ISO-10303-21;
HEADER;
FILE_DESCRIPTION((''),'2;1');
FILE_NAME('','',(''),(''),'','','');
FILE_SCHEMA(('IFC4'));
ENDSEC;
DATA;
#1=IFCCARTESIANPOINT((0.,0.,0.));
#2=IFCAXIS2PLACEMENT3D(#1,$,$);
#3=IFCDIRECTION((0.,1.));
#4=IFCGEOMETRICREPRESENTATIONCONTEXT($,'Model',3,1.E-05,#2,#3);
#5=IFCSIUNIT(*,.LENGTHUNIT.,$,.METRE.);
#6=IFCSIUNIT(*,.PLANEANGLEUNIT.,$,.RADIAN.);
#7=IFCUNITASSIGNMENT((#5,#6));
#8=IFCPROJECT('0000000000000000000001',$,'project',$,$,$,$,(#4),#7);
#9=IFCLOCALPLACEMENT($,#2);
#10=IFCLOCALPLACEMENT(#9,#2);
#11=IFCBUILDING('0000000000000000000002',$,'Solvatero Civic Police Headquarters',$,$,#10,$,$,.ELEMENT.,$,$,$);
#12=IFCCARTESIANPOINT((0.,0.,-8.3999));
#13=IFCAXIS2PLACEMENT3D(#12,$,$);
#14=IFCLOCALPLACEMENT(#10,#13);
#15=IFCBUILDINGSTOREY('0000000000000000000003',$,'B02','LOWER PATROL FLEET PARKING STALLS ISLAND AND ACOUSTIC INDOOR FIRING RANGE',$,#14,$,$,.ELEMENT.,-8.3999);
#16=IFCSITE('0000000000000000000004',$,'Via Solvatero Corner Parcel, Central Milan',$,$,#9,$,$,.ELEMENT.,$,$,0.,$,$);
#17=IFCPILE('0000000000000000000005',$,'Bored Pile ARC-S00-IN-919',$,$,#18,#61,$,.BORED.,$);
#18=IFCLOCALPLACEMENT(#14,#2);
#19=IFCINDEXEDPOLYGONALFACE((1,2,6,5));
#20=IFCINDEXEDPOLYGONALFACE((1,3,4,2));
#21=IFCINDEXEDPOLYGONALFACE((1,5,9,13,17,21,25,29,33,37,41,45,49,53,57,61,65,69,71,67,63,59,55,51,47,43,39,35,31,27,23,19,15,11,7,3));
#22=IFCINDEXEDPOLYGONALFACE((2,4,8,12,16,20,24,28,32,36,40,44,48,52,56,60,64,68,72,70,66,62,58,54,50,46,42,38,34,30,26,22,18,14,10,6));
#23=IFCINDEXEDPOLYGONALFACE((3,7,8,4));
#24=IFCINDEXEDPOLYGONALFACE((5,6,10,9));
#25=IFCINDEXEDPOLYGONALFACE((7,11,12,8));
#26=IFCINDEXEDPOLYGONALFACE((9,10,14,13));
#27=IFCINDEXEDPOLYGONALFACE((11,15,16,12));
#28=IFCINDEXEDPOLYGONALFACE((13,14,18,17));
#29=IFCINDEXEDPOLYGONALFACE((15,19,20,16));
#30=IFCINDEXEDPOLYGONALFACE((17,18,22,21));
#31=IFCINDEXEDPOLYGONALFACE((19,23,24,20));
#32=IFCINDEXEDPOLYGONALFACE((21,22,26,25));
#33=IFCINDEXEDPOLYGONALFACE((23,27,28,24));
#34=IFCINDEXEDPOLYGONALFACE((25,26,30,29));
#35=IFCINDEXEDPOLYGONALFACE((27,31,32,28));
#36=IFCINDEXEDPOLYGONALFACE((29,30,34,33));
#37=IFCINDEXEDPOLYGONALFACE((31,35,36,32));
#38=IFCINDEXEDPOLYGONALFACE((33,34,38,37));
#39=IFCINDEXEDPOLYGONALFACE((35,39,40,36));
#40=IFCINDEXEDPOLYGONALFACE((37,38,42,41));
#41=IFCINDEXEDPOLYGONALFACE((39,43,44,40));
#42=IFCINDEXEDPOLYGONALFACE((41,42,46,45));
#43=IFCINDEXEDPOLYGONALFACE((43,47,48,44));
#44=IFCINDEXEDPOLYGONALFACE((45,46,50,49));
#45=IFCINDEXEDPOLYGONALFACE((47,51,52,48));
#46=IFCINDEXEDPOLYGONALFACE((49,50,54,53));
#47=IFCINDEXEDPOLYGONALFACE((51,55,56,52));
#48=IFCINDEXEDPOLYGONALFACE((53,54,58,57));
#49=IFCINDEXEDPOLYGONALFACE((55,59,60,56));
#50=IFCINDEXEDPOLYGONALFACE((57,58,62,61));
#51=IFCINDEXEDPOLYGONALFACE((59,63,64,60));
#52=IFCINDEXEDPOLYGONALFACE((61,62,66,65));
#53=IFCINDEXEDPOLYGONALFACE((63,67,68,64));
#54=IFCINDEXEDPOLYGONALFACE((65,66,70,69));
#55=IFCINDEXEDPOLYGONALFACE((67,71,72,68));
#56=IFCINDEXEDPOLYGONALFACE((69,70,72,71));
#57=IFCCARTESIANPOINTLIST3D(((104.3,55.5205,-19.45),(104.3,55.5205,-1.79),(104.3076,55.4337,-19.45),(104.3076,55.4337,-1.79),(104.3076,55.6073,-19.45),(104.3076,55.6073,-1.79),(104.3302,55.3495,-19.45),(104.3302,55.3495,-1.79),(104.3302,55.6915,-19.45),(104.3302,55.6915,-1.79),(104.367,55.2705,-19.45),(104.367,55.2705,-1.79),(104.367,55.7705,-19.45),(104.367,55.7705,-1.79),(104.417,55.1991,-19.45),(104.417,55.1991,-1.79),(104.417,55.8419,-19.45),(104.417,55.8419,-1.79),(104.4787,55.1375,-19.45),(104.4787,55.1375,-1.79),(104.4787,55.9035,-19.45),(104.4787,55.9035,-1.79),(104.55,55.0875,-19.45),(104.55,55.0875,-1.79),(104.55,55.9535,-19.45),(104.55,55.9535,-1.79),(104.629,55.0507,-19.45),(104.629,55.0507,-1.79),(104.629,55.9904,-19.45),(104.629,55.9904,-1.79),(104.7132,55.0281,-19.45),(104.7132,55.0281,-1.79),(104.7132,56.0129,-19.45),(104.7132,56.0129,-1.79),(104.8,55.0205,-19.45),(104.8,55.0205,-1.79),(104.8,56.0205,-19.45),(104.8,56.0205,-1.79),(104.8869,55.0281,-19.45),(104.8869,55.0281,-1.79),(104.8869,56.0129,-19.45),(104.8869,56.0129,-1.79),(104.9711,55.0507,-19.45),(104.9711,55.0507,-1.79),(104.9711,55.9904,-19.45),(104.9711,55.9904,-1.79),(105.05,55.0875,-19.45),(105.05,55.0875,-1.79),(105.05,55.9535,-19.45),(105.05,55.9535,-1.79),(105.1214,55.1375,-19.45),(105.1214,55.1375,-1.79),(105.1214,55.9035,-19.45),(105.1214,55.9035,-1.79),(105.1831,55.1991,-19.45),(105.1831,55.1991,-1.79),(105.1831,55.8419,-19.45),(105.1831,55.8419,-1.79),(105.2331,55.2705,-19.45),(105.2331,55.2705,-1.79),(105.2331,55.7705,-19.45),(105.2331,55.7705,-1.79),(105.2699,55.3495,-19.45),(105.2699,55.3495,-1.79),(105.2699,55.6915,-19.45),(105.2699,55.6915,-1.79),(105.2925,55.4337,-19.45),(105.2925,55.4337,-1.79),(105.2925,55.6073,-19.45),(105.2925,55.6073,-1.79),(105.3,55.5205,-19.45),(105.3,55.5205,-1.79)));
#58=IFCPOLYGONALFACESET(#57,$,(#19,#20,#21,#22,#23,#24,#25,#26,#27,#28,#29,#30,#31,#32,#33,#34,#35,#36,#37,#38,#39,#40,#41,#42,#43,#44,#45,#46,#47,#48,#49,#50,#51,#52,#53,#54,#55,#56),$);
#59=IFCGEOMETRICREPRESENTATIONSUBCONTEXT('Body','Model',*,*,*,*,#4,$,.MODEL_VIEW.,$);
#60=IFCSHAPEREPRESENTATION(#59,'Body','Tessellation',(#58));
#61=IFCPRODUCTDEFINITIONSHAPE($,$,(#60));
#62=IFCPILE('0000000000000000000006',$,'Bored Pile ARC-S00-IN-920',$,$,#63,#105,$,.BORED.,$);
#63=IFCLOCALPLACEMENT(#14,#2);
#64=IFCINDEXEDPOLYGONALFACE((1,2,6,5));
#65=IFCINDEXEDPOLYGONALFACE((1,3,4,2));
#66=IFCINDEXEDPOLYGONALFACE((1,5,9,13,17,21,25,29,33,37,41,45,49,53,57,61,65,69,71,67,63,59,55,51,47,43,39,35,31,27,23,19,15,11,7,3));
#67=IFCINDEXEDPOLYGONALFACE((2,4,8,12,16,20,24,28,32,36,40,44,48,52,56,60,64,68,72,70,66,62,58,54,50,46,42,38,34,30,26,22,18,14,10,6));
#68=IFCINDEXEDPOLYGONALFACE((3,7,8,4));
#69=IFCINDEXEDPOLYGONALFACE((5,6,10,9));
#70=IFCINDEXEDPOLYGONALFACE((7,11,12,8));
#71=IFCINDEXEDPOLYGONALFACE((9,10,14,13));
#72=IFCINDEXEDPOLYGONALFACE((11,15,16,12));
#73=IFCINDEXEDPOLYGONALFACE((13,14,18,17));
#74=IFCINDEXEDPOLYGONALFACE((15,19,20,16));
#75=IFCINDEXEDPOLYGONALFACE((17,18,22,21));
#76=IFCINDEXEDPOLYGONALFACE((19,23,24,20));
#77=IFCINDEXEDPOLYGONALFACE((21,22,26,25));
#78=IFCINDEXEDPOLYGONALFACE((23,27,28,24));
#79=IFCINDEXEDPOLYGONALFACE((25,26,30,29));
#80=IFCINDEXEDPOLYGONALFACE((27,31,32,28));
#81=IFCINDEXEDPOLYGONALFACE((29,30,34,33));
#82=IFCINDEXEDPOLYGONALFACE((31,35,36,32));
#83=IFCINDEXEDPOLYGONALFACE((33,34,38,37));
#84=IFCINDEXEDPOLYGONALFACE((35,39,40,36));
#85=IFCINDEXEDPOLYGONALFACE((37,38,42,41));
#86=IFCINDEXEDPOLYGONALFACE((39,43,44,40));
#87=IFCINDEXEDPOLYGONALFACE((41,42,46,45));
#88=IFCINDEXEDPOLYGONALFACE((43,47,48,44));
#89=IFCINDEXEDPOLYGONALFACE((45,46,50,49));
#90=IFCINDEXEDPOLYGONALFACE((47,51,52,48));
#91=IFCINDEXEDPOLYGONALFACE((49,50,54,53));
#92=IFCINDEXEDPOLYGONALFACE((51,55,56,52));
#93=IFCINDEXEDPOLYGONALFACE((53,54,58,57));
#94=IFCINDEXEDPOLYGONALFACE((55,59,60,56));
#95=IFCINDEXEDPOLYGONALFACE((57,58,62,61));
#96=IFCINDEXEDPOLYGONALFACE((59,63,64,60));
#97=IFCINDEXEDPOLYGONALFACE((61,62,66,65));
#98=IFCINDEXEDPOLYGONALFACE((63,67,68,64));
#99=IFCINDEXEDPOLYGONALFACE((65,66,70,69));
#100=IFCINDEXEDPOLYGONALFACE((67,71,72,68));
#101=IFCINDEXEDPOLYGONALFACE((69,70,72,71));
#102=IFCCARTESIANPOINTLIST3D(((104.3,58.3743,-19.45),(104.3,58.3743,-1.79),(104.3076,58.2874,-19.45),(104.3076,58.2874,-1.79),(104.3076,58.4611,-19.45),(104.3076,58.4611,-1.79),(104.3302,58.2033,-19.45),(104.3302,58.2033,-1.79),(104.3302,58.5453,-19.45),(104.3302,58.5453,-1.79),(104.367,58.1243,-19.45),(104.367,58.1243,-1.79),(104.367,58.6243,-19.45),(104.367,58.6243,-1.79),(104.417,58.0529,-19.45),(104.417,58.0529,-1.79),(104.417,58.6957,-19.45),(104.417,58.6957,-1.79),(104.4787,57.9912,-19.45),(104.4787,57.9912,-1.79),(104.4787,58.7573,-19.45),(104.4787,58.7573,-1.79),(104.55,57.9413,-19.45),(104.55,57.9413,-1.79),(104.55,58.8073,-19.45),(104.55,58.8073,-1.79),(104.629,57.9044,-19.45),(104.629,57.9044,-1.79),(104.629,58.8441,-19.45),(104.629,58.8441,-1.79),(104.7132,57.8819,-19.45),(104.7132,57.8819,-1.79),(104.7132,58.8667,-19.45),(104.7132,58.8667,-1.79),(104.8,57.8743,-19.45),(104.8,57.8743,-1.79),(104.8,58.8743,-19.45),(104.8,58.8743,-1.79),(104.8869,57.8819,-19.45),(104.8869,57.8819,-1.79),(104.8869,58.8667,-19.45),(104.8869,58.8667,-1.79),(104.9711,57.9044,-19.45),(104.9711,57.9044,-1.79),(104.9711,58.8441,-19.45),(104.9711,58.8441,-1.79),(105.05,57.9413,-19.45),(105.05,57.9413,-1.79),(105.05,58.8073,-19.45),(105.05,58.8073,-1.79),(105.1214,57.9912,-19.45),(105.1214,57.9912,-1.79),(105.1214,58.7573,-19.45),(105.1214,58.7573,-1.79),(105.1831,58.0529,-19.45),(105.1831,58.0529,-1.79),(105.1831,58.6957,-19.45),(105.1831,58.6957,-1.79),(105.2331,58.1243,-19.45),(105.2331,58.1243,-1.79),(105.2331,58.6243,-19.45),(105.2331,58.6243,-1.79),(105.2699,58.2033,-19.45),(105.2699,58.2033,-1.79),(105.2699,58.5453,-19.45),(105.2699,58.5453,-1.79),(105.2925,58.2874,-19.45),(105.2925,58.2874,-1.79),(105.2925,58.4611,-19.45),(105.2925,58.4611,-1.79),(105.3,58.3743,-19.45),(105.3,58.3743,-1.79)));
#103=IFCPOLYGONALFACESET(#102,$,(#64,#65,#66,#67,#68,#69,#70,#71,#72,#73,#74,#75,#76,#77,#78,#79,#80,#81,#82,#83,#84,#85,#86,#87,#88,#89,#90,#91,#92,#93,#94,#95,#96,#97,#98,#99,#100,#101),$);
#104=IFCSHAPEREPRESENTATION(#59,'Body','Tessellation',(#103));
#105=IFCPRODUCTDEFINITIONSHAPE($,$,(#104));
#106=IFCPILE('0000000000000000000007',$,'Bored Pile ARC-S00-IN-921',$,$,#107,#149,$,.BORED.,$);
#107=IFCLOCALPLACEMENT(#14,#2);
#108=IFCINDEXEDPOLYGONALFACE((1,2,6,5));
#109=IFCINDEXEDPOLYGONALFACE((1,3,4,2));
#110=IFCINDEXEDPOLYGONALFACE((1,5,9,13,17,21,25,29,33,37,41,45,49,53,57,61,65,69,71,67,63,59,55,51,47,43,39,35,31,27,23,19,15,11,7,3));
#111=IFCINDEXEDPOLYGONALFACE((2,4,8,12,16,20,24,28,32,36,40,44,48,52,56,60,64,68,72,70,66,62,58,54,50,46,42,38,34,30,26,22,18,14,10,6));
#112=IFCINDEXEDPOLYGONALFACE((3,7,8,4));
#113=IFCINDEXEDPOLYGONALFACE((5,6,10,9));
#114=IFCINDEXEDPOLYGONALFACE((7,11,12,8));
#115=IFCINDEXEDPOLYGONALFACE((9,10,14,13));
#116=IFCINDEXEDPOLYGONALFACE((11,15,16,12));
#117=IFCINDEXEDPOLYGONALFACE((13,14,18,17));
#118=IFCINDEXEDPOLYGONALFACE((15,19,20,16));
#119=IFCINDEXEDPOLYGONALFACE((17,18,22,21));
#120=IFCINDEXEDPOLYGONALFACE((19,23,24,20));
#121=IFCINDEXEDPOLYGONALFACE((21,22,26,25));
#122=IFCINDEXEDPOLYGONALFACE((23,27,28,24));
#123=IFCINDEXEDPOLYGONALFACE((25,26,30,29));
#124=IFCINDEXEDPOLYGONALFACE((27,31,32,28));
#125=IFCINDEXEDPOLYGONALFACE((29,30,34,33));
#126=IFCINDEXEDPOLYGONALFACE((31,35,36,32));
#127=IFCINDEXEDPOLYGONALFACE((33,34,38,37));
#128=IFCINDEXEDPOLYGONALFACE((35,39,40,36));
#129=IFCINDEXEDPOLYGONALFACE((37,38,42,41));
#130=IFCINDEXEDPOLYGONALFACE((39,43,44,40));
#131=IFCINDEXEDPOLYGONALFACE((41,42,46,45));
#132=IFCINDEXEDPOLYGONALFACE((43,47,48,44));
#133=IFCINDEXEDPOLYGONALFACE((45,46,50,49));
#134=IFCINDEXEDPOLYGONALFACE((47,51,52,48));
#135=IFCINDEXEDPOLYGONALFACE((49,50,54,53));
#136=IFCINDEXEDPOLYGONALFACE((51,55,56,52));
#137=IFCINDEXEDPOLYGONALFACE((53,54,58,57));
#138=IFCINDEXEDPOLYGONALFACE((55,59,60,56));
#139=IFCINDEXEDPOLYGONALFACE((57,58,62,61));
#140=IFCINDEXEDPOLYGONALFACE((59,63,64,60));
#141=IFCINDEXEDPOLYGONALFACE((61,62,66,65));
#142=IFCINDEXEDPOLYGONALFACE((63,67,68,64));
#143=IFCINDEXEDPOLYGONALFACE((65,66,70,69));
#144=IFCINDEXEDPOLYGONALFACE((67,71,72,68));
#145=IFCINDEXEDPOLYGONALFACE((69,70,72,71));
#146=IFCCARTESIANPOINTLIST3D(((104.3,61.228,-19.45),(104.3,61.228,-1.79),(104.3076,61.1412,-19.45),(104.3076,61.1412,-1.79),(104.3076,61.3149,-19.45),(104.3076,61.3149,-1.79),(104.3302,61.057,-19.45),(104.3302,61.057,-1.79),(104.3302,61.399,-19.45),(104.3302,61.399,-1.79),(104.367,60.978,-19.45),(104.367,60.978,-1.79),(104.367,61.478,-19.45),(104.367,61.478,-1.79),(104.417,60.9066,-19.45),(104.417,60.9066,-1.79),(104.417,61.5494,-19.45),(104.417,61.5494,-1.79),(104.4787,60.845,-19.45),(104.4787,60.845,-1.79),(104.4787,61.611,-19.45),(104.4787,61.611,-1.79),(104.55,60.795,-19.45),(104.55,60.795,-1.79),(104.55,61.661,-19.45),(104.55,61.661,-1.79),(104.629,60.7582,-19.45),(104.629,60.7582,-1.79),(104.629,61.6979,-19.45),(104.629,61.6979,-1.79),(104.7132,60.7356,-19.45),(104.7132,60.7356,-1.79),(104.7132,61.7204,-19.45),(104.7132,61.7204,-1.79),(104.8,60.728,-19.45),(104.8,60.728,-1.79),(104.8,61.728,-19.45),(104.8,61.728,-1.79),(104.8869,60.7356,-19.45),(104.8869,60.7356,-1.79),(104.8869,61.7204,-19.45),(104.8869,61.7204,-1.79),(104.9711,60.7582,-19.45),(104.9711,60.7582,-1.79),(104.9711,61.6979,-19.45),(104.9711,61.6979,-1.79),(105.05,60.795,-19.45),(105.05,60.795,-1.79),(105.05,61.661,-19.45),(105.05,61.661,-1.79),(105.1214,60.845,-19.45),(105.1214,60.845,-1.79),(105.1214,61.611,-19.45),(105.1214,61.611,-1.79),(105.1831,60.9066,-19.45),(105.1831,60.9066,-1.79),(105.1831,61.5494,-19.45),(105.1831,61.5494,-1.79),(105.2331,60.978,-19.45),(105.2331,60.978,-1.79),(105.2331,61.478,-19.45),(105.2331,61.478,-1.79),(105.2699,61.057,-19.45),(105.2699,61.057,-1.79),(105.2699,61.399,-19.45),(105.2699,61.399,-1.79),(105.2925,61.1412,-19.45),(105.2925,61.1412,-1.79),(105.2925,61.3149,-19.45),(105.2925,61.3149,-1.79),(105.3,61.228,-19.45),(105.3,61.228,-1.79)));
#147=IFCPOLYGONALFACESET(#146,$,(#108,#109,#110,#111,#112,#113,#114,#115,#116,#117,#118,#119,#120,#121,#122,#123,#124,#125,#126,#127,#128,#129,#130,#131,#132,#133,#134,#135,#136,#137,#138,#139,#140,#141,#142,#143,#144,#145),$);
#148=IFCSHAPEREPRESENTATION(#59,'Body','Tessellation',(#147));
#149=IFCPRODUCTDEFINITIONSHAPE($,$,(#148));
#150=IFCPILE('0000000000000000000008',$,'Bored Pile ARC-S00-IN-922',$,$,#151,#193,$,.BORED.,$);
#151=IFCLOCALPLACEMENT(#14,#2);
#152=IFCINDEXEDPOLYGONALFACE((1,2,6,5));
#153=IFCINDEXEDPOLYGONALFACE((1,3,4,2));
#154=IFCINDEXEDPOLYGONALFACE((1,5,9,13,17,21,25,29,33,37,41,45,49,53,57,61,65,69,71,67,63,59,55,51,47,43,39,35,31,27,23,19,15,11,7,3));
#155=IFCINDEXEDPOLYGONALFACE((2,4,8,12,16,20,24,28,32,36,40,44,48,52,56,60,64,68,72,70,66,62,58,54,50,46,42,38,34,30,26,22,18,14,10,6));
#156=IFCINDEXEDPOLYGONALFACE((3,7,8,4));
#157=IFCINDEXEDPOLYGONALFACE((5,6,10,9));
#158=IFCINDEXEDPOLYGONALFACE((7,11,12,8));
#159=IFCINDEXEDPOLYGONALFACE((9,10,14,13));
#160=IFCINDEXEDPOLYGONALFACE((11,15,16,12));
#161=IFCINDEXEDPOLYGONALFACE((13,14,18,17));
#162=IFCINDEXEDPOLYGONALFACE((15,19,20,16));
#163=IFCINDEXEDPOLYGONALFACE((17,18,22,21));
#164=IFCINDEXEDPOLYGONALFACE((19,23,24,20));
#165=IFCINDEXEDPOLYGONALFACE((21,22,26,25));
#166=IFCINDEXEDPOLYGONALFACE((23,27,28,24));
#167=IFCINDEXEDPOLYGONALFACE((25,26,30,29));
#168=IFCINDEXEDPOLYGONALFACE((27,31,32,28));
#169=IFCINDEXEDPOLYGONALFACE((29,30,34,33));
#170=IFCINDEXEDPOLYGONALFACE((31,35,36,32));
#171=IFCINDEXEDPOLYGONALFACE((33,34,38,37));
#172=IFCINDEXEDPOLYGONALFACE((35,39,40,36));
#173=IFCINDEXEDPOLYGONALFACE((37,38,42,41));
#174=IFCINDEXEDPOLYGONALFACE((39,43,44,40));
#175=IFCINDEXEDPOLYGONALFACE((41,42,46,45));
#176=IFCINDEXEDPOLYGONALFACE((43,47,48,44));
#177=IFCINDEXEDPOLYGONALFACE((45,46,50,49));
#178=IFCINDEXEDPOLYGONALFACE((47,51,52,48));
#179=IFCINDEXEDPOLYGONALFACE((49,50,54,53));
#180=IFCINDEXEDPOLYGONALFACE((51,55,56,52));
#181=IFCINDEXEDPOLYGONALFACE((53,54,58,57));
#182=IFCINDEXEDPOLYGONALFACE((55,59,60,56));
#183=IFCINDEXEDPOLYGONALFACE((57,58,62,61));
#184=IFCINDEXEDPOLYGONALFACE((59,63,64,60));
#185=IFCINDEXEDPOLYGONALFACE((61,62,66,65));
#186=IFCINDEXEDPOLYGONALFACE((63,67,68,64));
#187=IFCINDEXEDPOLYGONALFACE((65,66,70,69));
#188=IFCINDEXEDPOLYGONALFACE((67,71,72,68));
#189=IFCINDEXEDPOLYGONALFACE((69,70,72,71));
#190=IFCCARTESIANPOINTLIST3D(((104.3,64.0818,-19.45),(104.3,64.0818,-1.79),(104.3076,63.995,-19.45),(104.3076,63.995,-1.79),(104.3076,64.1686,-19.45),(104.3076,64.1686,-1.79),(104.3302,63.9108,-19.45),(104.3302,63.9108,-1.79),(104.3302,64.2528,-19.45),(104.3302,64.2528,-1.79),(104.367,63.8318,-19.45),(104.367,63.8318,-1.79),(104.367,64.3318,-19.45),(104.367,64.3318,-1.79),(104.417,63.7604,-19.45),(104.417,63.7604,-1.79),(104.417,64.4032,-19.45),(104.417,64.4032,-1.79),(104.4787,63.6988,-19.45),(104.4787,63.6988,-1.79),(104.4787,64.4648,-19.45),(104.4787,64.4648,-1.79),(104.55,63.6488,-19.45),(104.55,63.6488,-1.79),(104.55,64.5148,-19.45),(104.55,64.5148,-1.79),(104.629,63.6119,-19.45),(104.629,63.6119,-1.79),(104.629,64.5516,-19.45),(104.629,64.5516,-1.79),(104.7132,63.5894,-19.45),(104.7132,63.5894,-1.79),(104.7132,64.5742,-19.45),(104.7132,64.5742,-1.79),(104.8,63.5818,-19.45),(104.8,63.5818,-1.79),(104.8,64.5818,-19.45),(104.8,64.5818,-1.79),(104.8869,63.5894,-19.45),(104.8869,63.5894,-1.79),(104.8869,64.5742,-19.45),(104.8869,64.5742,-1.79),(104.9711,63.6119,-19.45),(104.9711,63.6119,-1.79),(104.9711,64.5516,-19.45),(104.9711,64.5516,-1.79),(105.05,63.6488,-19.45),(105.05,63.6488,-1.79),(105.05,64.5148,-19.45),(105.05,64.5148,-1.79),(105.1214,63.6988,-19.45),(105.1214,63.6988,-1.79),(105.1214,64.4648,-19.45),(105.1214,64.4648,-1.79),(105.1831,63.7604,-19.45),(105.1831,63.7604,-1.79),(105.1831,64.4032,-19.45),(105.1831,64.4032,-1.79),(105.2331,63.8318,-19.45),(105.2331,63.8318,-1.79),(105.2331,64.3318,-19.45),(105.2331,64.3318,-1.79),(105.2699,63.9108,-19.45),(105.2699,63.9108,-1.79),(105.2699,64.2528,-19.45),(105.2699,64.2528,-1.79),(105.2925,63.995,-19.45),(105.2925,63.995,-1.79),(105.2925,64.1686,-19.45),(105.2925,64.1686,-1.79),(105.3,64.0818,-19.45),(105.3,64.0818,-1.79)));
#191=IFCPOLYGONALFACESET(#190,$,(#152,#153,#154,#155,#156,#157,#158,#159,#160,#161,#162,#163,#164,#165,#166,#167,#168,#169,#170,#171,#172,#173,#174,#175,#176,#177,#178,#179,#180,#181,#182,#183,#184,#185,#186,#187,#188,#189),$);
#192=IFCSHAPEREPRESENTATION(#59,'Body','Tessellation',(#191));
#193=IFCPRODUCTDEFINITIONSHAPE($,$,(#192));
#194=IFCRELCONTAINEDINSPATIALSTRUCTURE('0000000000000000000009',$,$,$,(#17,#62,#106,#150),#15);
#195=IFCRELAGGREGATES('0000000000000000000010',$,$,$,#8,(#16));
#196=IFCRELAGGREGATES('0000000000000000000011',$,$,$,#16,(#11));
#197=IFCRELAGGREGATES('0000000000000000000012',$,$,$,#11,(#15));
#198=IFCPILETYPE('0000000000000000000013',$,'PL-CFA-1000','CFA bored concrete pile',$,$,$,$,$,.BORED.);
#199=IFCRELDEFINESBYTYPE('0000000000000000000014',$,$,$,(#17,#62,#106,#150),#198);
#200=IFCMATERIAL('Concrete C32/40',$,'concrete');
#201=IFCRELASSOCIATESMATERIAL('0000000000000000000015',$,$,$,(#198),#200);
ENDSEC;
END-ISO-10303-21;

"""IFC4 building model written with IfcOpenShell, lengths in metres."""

from ifc_helpers import new_model, si_unit, direction, frame, origin, origin_2d, place, context, subcontext, project, spatial, circle, extrude, material, material_profile, profile_set, type_object, element, save


model = new_model("IFC4")

# Units and contexts
model_context = context("Model", 3, precision=1e-05, world=origin(), true_north=direction((0.0, 1.0)))
body_context = subcontext(model_context, "Body", "Model", "MODEL_VIEW")
ifc_project = project(units=[si_unit("LENGTHUNIT", "METRE"), si_unit("PLANEANGLEUNIT", "RADIAN")], contexts=[model_context])

# Site, building, storey
site_placement = place(None, origin())
site = spatial("IfcSite", under=ifc_project, at=site_placement, Name="Via Solvatero Corner Parcel, Central Milan", CompositionType="ELEMENT", RefElevation=0.0)
building_placement = place(site_placement, origin())
building = spatial("IfcBuilding", under=site, at=building_placement, Name="Solvatero Civic Police Headquarters", CompositionType="ELEMENT")
storey_placement = place(building_placement, frame((0.0, 0.0, -8.3999)))
storey = spatial("IfcBuildingStorey", under=building, at=storey_placement, Name="B02", Description="LOWER PATROL FLEET PARKING STALLS ISLAND AND ACOUSTIC INDOOR FIRING RANGE", CompositionType="ELEMENT", Elevation=-8.3999)

# Piles
ifc_material_1 = material(Name="Concrete C32/40", Category="concrete")
ifc_material_profile_1 = material_profile(ifc_material_1, circle(Radius=0.5, at=origin_2d()), Name="CFA PILE D1000")
ifc_profile_set_1 = profile_set([ifc_material_profile_1], Name="Concrete C32/40")
pile_type_1 = type_object("IfcPileType", Name="PL-CFA-1000", Description="CFA bored concrete pile", PredefinedType="BORED", material=ifc_profile_set_1)
for number, where, z_axis, x_axis, name in (
    (1, (104.8, 55.5205, -1.79), (0.0, 0.0, -1.0), (1.0, 0.0, 0.0), "Bored Pile ARC-S00-IN-919"),
    (2, (104.8, 58.3743, -1.79), (0.0, 0.0, -1.0), (1.0, 0.0, 0.0), "Bored Pile ARC-S00-IN-920"),
    (3, (104.8, 61.228, -1.79), (0.0, 0.0, -1.0), (1.0, 0.0, 0.0), "Bored Pile ARC-S00-IN-921"),
    (4, (104.8, 64.0818, -1.79), (0.0, 0.0, -1.0), (1.0, 0.0, 0.0), "Bored Pile ARC-S00-IN-922"),
):
    element("IfcPile", number, at=place(storey_placement, frame(where, z_axis=z_axis, x_axis=x_axis)), inside=storey, type_object=pile_type_1, Name=name, PredefinedType="BORED", context=body_context, shape_type="SweptSolid", body=[
        extrude(circle(Radius=0.5, at=origin_2d()), origin(), (0.0, 0.0, 1.0), 17.6599),
    ])

save(model, "model.ifc")
